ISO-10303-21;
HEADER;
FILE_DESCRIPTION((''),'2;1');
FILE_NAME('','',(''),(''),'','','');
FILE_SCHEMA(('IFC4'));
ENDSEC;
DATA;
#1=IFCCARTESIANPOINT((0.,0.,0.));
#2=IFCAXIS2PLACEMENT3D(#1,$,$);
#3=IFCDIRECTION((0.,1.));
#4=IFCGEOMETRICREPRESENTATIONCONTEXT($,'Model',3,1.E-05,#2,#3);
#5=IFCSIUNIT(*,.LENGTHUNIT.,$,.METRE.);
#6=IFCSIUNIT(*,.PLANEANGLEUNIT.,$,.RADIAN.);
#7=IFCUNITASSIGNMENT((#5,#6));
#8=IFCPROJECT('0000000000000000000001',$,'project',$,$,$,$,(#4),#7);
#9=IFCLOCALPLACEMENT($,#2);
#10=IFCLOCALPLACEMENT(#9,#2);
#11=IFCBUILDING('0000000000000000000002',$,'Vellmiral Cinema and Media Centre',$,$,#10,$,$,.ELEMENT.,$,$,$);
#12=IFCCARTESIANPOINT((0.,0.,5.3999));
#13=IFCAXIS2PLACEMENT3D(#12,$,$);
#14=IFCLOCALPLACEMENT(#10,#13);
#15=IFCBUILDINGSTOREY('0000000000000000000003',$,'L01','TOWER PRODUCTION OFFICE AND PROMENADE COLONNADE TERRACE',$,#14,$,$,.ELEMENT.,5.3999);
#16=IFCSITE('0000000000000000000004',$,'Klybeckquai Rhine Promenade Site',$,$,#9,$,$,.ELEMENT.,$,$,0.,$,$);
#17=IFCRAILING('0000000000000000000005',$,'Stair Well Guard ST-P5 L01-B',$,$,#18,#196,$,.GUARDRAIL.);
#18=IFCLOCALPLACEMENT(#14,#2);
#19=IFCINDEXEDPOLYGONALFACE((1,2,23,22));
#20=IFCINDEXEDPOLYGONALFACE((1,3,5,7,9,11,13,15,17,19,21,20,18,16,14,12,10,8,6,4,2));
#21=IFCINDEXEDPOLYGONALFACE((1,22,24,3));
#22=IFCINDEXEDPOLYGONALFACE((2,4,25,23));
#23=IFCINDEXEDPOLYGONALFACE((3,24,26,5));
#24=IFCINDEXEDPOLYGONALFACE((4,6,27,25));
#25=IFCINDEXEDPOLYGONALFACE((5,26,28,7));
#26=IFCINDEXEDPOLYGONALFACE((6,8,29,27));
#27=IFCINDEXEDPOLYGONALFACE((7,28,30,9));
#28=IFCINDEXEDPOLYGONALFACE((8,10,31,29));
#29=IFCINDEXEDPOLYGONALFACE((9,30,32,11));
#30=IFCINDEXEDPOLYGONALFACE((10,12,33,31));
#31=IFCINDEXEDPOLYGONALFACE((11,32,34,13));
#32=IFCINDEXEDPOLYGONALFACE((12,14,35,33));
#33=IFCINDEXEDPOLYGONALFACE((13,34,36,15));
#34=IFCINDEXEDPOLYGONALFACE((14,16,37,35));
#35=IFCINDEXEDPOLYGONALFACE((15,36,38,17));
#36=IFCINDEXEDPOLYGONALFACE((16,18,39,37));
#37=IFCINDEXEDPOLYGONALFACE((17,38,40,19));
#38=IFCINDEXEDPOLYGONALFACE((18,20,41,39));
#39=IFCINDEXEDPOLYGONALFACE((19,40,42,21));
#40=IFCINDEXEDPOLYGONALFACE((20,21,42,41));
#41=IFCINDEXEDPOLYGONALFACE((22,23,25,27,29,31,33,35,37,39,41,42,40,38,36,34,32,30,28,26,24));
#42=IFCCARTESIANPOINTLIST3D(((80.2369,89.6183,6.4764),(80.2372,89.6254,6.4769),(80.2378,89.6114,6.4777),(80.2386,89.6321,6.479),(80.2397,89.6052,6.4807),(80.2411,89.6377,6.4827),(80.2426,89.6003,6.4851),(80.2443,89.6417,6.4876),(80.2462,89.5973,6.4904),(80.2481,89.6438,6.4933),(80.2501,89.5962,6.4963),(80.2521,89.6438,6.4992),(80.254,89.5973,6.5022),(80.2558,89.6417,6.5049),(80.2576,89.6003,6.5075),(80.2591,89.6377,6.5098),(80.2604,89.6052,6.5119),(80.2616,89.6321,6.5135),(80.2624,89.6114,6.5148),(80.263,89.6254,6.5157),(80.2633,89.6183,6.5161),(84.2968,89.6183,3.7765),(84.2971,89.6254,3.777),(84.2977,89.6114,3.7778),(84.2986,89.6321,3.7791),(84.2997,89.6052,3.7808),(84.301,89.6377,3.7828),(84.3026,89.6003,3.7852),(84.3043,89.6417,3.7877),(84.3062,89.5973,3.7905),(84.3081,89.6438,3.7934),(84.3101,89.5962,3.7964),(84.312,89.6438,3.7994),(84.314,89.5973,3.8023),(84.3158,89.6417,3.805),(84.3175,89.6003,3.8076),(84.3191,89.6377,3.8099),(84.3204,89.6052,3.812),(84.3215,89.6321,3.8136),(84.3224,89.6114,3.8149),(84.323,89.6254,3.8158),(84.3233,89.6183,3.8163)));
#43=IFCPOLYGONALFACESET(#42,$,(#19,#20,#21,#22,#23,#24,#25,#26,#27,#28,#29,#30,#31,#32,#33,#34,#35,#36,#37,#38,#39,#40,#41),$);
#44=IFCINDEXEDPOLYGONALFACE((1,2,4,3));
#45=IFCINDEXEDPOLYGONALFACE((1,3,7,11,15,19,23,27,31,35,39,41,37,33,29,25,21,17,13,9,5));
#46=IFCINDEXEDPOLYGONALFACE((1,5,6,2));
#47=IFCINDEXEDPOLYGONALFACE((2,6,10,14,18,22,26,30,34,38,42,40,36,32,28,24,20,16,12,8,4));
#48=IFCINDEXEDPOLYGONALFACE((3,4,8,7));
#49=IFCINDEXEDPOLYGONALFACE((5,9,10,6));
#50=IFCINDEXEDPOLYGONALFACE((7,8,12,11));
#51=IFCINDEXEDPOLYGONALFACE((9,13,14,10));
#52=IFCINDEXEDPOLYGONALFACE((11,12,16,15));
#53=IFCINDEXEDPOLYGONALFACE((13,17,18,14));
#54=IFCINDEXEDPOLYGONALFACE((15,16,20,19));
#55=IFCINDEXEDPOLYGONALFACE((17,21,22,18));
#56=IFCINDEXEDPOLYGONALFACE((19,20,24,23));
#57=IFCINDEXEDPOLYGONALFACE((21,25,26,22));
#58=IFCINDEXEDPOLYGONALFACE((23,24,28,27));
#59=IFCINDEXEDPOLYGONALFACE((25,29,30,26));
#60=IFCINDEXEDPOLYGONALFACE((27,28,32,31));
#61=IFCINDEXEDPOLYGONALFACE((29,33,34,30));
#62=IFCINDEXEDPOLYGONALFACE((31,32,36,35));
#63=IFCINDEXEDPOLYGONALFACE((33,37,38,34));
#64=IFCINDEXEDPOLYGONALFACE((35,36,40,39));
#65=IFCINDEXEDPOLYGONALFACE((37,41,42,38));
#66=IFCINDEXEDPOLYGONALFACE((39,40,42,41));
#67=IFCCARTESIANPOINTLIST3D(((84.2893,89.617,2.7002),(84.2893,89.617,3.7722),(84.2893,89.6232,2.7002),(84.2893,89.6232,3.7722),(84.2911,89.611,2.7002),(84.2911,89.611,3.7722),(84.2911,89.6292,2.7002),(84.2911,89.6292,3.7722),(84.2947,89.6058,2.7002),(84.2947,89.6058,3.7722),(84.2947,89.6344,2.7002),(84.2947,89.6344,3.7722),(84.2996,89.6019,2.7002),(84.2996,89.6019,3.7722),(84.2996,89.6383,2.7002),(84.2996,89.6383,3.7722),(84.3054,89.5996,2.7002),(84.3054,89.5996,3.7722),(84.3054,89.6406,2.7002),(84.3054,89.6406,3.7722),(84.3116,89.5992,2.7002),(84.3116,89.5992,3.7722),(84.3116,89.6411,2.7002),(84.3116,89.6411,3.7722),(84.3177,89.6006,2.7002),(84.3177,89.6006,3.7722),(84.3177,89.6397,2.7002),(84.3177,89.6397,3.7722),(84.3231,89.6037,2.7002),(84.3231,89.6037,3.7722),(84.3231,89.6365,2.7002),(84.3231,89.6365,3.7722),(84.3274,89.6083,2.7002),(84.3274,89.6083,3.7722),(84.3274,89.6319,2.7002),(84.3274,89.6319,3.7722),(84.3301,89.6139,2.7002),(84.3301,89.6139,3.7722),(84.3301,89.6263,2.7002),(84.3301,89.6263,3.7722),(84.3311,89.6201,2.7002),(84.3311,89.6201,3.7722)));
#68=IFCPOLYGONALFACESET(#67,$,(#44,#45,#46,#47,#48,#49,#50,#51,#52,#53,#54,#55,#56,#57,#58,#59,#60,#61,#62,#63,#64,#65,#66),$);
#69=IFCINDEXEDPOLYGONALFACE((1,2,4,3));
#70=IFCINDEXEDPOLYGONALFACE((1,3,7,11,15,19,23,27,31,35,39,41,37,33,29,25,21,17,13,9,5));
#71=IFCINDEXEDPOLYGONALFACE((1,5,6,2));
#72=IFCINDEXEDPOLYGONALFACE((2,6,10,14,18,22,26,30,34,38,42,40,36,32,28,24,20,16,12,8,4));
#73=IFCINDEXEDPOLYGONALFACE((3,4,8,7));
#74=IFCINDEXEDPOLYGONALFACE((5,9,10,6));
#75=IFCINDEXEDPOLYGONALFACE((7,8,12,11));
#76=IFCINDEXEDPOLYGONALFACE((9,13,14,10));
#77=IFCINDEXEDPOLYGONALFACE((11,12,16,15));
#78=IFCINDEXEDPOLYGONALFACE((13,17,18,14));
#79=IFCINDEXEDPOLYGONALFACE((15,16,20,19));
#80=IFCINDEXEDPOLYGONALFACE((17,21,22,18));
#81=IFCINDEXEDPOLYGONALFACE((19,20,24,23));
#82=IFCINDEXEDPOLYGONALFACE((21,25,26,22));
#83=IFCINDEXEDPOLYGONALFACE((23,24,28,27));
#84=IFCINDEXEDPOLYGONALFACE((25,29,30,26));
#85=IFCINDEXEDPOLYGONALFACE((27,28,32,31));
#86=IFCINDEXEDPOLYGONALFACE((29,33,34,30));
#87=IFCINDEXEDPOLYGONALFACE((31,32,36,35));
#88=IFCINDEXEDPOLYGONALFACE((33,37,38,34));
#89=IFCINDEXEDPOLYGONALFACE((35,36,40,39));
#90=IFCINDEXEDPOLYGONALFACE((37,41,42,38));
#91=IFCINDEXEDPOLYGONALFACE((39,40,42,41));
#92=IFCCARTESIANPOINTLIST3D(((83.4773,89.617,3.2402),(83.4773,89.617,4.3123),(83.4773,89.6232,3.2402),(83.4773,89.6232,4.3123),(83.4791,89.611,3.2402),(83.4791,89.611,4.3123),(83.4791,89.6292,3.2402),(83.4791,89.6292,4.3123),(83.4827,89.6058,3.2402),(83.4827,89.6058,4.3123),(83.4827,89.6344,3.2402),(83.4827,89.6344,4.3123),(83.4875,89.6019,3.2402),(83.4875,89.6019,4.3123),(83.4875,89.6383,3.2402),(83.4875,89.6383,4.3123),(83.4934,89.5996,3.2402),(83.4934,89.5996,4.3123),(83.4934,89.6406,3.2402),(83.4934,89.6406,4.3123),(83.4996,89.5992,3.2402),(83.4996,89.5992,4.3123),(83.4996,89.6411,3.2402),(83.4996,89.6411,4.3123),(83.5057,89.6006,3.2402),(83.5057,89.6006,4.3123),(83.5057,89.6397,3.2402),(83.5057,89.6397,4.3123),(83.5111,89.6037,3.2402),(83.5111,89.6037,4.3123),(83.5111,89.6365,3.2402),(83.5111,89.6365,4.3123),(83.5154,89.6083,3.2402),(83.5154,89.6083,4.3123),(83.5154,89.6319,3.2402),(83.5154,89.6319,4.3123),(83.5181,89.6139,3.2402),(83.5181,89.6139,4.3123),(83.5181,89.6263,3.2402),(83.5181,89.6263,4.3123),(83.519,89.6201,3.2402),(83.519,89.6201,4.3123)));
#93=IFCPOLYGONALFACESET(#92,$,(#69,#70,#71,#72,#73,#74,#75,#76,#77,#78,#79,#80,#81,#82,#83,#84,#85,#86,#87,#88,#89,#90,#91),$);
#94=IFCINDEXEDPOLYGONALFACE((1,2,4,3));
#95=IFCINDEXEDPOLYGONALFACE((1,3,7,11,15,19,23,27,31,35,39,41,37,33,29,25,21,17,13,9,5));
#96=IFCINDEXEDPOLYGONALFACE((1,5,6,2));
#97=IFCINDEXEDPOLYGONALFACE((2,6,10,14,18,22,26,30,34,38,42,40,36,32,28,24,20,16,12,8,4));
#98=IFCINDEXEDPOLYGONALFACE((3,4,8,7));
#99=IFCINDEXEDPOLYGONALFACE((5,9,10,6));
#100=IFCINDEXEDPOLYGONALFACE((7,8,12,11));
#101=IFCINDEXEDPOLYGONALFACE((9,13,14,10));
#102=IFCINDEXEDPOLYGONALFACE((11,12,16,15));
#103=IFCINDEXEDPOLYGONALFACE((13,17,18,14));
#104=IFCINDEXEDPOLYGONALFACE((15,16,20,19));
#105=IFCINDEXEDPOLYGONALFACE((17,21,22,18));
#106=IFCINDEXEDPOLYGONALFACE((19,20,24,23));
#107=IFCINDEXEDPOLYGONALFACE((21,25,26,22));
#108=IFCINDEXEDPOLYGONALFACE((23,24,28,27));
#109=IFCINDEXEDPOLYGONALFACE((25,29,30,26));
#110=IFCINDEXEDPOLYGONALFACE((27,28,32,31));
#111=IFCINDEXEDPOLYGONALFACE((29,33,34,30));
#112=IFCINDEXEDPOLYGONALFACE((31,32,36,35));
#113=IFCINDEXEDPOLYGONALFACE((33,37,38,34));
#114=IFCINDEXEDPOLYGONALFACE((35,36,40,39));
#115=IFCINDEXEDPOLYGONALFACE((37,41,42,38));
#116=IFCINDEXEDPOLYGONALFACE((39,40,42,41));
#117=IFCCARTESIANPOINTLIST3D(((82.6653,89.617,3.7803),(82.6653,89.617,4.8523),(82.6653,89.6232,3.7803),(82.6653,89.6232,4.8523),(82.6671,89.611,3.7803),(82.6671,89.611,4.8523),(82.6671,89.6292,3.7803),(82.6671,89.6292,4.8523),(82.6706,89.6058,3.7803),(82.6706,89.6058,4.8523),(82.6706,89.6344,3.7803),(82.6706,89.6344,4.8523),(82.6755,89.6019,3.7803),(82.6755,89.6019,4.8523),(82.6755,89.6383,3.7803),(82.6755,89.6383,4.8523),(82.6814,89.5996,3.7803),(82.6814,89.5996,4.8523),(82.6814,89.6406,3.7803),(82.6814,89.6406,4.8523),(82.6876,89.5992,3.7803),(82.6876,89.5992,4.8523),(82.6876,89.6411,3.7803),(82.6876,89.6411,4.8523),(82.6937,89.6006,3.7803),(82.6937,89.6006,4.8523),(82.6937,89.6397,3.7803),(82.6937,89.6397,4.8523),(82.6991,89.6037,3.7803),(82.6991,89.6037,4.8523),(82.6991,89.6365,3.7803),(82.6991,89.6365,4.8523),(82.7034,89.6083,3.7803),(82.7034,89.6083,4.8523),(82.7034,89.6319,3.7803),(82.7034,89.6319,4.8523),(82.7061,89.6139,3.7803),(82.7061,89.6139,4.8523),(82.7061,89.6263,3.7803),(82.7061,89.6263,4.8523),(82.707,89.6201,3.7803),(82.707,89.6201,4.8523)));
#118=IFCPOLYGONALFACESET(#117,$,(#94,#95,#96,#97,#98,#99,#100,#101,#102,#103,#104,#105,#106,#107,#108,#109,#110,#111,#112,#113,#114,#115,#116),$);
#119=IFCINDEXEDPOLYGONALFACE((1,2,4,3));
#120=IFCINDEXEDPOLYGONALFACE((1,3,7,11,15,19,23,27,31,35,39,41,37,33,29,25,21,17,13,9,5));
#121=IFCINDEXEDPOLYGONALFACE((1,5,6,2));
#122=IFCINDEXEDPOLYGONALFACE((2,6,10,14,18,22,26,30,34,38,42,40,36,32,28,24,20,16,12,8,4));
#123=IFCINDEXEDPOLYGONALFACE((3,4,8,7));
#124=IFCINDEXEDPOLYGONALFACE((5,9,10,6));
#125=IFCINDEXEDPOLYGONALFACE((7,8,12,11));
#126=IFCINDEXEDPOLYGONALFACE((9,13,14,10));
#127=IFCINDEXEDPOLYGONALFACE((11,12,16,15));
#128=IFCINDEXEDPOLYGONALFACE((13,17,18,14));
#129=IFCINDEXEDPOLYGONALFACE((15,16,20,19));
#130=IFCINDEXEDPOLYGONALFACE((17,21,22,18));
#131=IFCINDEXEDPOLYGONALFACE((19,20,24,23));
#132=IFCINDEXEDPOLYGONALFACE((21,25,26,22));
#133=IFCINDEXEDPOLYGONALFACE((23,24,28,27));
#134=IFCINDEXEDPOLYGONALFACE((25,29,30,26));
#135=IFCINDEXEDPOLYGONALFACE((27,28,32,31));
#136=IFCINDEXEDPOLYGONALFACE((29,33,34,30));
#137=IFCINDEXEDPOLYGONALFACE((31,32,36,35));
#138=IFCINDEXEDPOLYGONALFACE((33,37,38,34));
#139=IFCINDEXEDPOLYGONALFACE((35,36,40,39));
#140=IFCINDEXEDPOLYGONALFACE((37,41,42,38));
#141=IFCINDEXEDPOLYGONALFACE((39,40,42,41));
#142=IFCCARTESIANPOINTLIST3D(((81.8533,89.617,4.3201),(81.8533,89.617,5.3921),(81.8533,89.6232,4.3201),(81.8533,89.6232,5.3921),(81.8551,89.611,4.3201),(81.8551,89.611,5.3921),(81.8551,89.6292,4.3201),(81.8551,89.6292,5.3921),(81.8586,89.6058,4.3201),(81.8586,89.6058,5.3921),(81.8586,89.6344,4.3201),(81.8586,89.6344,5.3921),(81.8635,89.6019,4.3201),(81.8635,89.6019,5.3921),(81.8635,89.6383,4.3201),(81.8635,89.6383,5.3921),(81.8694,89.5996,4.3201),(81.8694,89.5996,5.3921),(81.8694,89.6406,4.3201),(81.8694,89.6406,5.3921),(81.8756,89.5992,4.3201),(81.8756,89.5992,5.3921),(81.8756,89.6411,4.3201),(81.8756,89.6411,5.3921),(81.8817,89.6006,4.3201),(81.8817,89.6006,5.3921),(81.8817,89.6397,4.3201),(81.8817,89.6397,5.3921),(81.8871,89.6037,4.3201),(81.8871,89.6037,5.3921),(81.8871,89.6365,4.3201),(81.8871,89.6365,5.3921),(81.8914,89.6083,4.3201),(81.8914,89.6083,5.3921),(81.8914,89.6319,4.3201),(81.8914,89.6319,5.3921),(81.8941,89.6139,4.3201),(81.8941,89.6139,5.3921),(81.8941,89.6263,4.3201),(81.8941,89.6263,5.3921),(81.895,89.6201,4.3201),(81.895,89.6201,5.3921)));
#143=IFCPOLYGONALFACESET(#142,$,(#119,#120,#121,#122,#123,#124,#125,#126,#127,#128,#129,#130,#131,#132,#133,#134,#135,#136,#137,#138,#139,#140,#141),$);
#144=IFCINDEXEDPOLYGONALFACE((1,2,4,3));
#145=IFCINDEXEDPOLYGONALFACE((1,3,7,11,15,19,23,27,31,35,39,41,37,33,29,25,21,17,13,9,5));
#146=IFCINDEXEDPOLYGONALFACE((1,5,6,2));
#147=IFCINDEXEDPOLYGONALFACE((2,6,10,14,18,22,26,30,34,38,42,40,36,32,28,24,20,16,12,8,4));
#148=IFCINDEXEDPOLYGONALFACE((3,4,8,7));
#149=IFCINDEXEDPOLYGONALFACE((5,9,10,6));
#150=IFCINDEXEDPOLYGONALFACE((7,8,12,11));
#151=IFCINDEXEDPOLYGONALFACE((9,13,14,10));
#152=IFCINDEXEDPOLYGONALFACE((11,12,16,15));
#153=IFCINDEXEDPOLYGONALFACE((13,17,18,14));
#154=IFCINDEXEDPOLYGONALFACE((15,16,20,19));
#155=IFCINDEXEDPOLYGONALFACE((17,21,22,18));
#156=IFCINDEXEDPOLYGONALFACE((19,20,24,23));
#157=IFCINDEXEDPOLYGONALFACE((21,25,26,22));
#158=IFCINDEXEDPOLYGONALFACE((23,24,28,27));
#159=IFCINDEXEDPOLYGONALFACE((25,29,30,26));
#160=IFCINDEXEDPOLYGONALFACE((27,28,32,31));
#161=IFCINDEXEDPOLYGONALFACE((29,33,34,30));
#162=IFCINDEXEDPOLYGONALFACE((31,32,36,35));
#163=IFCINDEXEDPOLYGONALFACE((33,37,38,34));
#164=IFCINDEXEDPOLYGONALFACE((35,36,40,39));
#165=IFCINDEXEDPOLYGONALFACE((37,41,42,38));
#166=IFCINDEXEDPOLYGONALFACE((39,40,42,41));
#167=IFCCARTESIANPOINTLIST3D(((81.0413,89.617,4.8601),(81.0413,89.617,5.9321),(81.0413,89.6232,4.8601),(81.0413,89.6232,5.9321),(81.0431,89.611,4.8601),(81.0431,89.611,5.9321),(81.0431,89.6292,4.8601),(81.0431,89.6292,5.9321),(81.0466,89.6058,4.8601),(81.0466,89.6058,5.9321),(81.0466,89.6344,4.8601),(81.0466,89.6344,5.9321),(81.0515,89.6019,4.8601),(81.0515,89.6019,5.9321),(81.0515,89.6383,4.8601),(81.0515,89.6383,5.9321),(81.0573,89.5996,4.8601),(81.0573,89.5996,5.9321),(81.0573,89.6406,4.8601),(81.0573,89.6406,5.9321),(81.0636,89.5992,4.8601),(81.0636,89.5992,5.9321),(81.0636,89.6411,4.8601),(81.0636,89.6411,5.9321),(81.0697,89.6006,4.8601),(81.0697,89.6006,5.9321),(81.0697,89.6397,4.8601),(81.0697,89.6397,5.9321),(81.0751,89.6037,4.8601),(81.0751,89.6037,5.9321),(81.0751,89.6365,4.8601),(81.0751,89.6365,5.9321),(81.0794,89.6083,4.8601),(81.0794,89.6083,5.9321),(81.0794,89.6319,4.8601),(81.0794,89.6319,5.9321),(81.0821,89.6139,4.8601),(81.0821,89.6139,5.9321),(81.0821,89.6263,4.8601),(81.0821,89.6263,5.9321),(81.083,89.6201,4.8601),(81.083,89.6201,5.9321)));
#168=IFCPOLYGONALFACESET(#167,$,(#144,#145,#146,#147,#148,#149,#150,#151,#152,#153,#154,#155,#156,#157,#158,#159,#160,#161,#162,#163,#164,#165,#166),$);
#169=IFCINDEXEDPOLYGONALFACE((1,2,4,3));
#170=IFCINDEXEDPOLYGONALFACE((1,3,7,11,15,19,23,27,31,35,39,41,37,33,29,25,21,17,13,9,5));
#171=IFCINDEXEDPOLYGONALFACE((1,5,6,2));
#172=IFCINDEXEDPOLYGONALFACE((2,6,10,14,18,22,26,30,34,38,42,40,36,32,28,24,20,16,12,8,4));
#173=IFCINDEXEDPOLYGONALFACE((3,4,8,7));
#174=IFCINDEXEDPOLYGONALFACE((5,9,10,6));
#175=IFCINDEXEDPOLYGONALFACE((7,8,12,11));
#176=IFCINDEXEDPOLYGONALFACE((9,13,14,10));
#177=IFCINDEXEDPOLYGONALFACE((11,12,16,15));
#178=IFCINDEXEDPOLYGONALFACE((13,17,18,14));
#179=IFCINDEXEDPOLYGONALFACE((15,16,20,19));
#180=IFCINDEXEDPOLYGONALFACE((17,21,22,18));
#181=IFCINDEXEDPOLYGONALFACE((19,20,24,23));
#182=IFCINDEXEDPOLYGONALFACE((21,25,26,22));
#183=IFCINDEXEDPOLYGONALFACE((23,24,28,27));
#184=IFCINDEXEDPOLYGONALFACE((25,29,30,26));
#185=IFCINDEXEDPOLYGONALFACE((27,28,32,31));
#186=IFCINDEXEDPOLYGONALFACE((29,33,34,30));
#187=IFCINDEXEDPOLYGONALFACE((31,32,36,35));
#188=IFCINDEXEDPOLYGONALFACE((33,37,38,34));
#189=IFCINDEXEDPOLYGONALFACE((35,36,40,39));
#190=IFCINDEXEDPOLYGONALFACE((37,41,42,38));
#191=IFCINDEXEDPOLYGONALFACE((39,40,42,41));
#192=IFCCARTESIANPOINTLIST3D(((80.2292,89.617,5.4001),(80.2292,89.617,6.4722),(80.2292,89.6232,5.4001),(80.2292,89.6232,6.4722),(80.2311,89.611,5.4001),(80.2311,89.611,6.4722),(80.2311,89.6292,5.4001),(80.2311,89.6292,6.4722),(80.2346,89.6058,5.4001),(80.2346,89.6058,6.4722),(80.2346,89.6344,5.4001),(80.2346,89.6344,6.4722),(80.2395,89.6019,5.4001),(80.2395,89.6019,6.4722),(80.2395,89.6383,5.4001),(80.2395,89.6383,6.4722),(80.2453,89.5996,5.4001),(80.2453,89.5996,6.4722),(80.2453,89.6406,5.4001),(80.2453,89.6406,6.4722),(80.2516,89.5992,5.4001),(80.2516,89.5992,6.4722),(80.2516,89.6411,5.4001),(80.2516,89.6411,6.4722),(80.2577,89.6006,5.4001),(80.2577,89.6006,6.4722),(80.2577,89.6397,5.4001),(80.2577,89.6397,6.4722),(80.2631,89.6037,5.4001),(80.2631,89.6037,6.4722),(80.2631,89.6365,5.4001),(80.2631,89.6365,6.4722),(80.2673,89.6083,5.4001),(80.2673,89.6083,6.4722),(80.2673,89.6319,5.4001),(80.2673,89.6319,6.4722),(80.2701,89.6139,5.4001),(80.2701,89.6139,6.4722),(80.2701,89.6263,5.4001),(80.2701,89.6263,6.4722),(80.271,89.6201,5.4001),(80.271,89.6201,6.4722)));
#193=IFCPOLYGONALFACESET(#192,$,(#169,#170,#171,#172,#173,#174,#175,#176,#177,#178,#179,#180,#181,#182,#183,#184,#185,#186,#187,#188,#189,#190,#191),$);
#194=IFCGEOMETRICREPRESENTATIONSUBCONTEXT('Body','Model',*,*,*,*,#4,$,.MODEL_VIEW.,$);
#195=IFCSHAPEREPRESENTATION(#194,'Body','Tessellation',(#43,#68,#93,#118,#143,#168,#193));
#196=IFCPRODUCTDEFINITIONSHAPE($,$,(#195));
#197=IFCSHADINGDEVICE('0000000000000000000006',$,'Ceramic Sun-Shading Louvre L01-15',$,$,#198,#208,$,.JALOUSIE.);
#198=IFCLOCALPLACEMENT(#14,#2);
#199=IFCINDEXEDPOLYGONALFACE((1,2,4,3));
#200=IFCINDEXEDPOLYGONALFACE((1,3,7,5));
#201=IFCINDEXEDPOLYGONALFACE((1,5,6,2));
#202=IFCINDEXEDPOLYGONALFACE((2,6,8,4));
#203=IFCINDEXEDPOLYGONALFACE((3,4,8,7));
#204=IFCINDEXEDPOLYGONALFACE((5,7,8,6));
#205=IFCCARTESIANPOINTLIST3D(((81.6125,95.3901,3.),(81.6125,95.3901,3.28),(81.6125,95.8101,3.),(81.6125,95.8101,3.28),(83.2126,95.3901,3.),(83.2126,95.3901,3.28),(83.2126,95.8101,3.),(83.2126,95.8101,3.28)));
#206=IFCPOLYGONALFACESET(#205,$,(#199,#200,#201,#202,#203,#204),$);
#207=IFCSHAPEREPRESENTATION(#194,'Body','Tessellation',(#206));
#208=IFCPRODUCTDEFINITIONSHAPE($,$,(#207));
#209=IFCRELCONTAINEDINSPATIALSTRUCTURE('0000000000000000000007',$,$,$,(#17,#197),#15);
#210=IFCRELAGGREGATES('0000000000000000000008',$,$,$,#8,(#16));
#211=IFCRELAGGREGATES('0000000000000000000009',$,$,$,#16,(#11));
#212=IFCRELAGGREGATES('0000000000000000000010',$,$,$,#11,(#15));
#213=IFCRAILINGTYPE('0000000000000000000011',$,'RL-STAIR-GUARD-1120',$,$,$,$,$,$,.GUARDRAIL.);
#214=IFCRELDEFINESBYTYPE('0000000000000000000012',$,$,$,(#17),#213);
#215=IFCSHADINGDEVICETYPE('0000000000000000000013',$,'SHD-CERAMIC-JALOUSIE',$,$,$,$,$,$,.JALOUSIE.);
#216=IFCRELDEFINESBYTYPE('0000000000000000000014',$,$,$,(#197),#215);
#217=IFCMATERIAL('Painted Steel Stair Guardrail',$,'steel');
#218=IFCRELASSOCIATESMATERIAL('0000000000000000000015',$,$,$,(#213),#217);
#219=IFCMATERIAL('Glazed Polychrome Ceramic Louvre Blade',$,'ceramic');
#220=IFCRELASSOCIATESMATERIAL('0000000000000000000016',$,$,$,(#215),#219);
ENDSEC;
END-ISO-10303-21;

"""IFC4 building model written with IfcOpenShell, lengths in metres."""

from ifc_helpers import new_model, si_unit, direction, frame, origin, origin_2d, place, context, subcontext, project, spatial, rectangle, circle, extrude, material, type_object, element, save


model = new_model("IFC4")

# Units and contexts
model_context = context("Model", 3, precision=1e-05, world=origin(), true_north=direction((0.0, 1.0)))
body_context = subcontext(model_context, "Body", "Model", "MODEL_VIEW")
ifc_project = project(units=[si_unit("LENGTHUNIT", "METRE"), si_unit("PLANEANGLEUNIT", "RADIAN")], contexts=[model_context])

# Site, building, storey
site_placement = place(None, origin())
site = spatial("IfcSite", under=ifc_project, at=site_placement, Name="Klybeckquai Rhine Promenade Site", CompositionType="ELEMENT", RefElevation=0.0)
building_placement = place(site_placement, origin())
building = spatial("IfcBuilding", under=site, at=building_placement, Name="Vellmiral Cinema and Media Centre", CompositionType="ELEMENT")
storey_placement = place(building_placement, frame((0.0, 0.0, 5.3999)))
storey = spatial("IfcBuildingStorey", under=building, at=storey_placement, Name="L01", Description="TOWER PRODUCTION OFFICE AND PROMENADE COLONNADE TERRACE", CompositionType="ELEMENT", Elevation=5.3999)

# Railing
ifc_material_1 = material(Name="Painted Steel Stair Guardrail", Category="steel")
railing_type_1 = type_object("IfcRailingType", Name="RL-STAIR-GUARD-1120", PredefinedType="GUARDRAIL", material=ifc_material_1)
railing_1_placement = place(storey_placement, frame((84.3101, 89.6201, 2.7002)))
element("IfcRailing", 1, at=railing_1_placement, inside=storey, type_object=railing_type_1, Name="Stair Well Guard ST-P5 L01-B", PredefinedType="GUARDRAIL", context=body_context, shape_type="SweptSolid", body=[
    extrude(circle(Radius=0.0239, at=origin_2d()), frame((0.0, 0.0, 1.0962), z_axis=(-0.832689, 0.0, 0.553741), x_axis=(0.0, -1.0, 0.0)), (0.0, 0.0, 1.0), 4.8757),
    extrude(circle(Radius=0.021, at=origin_2d()), origin(), (0.0, 0.0, 1.0), 1.072),
    extrude(circle(Radius=0.021, at=origin_2d()), frame((-0.812, 0.0, 0.54)), (0.0, 0.0, 1.0), 1.072),
    extrude(circle(Radius=0.021, at=origin_2d()), frame((-1.624, 0.0, 1.0801)), (0.0, 0.0, 1.0), 1.072),
    extrude(circle(Radius=0.021, at=origin_2d()), frame((-2.436, 0.0, 1.6199)), (0.0, 0.0, 1.0), 1.072),
    extrude(circle(Radius=0.021, at=origin_2d()), frame((-3.248, 0.0, 2.1599)), (0.0, 0.0, 1.0), 1.072),
    extrude(circle(Radius=0.021, at=origin_2d()), frame((-4.0601, 0.0, 2.7)), (0.0, 0.0, 1.0), 1.072),
])

# Shading device
ifc_material_2 = material(Name="Glazed Polychrome Ceramic Louvre Blade", Category="ceramic")
shading_device_type = type_object("IfcShadingDeviceType", Name="SHD-CERAMIC-JALOUSIE", PredefinedType="JALOUSIE", material=ifc_material_2)
shading_device_placement = place(storey_placement, frame((82.4126, 95.6001, 3.0), z_axis=(0.0, 0.0, 1.0), x_axis=(-1.0, 0.0, 0.0)))
element("IfcShadingDevice", 2, at=shading_device_placement, inside=storey, type_object=shading_device_type, Name="Ceramic Sun-Shading Louvre L01-15", PredefinedType="JALOUSIE", context=body_context, shape_type="SweptSolid", body=[
    extrude(rectangle(XDim=1.6001, YDim=0.4199, at=origin_2d()), origin(), (0.0, 0.0, 1.0), 0.28),
])

save(model, "model.ifc")
